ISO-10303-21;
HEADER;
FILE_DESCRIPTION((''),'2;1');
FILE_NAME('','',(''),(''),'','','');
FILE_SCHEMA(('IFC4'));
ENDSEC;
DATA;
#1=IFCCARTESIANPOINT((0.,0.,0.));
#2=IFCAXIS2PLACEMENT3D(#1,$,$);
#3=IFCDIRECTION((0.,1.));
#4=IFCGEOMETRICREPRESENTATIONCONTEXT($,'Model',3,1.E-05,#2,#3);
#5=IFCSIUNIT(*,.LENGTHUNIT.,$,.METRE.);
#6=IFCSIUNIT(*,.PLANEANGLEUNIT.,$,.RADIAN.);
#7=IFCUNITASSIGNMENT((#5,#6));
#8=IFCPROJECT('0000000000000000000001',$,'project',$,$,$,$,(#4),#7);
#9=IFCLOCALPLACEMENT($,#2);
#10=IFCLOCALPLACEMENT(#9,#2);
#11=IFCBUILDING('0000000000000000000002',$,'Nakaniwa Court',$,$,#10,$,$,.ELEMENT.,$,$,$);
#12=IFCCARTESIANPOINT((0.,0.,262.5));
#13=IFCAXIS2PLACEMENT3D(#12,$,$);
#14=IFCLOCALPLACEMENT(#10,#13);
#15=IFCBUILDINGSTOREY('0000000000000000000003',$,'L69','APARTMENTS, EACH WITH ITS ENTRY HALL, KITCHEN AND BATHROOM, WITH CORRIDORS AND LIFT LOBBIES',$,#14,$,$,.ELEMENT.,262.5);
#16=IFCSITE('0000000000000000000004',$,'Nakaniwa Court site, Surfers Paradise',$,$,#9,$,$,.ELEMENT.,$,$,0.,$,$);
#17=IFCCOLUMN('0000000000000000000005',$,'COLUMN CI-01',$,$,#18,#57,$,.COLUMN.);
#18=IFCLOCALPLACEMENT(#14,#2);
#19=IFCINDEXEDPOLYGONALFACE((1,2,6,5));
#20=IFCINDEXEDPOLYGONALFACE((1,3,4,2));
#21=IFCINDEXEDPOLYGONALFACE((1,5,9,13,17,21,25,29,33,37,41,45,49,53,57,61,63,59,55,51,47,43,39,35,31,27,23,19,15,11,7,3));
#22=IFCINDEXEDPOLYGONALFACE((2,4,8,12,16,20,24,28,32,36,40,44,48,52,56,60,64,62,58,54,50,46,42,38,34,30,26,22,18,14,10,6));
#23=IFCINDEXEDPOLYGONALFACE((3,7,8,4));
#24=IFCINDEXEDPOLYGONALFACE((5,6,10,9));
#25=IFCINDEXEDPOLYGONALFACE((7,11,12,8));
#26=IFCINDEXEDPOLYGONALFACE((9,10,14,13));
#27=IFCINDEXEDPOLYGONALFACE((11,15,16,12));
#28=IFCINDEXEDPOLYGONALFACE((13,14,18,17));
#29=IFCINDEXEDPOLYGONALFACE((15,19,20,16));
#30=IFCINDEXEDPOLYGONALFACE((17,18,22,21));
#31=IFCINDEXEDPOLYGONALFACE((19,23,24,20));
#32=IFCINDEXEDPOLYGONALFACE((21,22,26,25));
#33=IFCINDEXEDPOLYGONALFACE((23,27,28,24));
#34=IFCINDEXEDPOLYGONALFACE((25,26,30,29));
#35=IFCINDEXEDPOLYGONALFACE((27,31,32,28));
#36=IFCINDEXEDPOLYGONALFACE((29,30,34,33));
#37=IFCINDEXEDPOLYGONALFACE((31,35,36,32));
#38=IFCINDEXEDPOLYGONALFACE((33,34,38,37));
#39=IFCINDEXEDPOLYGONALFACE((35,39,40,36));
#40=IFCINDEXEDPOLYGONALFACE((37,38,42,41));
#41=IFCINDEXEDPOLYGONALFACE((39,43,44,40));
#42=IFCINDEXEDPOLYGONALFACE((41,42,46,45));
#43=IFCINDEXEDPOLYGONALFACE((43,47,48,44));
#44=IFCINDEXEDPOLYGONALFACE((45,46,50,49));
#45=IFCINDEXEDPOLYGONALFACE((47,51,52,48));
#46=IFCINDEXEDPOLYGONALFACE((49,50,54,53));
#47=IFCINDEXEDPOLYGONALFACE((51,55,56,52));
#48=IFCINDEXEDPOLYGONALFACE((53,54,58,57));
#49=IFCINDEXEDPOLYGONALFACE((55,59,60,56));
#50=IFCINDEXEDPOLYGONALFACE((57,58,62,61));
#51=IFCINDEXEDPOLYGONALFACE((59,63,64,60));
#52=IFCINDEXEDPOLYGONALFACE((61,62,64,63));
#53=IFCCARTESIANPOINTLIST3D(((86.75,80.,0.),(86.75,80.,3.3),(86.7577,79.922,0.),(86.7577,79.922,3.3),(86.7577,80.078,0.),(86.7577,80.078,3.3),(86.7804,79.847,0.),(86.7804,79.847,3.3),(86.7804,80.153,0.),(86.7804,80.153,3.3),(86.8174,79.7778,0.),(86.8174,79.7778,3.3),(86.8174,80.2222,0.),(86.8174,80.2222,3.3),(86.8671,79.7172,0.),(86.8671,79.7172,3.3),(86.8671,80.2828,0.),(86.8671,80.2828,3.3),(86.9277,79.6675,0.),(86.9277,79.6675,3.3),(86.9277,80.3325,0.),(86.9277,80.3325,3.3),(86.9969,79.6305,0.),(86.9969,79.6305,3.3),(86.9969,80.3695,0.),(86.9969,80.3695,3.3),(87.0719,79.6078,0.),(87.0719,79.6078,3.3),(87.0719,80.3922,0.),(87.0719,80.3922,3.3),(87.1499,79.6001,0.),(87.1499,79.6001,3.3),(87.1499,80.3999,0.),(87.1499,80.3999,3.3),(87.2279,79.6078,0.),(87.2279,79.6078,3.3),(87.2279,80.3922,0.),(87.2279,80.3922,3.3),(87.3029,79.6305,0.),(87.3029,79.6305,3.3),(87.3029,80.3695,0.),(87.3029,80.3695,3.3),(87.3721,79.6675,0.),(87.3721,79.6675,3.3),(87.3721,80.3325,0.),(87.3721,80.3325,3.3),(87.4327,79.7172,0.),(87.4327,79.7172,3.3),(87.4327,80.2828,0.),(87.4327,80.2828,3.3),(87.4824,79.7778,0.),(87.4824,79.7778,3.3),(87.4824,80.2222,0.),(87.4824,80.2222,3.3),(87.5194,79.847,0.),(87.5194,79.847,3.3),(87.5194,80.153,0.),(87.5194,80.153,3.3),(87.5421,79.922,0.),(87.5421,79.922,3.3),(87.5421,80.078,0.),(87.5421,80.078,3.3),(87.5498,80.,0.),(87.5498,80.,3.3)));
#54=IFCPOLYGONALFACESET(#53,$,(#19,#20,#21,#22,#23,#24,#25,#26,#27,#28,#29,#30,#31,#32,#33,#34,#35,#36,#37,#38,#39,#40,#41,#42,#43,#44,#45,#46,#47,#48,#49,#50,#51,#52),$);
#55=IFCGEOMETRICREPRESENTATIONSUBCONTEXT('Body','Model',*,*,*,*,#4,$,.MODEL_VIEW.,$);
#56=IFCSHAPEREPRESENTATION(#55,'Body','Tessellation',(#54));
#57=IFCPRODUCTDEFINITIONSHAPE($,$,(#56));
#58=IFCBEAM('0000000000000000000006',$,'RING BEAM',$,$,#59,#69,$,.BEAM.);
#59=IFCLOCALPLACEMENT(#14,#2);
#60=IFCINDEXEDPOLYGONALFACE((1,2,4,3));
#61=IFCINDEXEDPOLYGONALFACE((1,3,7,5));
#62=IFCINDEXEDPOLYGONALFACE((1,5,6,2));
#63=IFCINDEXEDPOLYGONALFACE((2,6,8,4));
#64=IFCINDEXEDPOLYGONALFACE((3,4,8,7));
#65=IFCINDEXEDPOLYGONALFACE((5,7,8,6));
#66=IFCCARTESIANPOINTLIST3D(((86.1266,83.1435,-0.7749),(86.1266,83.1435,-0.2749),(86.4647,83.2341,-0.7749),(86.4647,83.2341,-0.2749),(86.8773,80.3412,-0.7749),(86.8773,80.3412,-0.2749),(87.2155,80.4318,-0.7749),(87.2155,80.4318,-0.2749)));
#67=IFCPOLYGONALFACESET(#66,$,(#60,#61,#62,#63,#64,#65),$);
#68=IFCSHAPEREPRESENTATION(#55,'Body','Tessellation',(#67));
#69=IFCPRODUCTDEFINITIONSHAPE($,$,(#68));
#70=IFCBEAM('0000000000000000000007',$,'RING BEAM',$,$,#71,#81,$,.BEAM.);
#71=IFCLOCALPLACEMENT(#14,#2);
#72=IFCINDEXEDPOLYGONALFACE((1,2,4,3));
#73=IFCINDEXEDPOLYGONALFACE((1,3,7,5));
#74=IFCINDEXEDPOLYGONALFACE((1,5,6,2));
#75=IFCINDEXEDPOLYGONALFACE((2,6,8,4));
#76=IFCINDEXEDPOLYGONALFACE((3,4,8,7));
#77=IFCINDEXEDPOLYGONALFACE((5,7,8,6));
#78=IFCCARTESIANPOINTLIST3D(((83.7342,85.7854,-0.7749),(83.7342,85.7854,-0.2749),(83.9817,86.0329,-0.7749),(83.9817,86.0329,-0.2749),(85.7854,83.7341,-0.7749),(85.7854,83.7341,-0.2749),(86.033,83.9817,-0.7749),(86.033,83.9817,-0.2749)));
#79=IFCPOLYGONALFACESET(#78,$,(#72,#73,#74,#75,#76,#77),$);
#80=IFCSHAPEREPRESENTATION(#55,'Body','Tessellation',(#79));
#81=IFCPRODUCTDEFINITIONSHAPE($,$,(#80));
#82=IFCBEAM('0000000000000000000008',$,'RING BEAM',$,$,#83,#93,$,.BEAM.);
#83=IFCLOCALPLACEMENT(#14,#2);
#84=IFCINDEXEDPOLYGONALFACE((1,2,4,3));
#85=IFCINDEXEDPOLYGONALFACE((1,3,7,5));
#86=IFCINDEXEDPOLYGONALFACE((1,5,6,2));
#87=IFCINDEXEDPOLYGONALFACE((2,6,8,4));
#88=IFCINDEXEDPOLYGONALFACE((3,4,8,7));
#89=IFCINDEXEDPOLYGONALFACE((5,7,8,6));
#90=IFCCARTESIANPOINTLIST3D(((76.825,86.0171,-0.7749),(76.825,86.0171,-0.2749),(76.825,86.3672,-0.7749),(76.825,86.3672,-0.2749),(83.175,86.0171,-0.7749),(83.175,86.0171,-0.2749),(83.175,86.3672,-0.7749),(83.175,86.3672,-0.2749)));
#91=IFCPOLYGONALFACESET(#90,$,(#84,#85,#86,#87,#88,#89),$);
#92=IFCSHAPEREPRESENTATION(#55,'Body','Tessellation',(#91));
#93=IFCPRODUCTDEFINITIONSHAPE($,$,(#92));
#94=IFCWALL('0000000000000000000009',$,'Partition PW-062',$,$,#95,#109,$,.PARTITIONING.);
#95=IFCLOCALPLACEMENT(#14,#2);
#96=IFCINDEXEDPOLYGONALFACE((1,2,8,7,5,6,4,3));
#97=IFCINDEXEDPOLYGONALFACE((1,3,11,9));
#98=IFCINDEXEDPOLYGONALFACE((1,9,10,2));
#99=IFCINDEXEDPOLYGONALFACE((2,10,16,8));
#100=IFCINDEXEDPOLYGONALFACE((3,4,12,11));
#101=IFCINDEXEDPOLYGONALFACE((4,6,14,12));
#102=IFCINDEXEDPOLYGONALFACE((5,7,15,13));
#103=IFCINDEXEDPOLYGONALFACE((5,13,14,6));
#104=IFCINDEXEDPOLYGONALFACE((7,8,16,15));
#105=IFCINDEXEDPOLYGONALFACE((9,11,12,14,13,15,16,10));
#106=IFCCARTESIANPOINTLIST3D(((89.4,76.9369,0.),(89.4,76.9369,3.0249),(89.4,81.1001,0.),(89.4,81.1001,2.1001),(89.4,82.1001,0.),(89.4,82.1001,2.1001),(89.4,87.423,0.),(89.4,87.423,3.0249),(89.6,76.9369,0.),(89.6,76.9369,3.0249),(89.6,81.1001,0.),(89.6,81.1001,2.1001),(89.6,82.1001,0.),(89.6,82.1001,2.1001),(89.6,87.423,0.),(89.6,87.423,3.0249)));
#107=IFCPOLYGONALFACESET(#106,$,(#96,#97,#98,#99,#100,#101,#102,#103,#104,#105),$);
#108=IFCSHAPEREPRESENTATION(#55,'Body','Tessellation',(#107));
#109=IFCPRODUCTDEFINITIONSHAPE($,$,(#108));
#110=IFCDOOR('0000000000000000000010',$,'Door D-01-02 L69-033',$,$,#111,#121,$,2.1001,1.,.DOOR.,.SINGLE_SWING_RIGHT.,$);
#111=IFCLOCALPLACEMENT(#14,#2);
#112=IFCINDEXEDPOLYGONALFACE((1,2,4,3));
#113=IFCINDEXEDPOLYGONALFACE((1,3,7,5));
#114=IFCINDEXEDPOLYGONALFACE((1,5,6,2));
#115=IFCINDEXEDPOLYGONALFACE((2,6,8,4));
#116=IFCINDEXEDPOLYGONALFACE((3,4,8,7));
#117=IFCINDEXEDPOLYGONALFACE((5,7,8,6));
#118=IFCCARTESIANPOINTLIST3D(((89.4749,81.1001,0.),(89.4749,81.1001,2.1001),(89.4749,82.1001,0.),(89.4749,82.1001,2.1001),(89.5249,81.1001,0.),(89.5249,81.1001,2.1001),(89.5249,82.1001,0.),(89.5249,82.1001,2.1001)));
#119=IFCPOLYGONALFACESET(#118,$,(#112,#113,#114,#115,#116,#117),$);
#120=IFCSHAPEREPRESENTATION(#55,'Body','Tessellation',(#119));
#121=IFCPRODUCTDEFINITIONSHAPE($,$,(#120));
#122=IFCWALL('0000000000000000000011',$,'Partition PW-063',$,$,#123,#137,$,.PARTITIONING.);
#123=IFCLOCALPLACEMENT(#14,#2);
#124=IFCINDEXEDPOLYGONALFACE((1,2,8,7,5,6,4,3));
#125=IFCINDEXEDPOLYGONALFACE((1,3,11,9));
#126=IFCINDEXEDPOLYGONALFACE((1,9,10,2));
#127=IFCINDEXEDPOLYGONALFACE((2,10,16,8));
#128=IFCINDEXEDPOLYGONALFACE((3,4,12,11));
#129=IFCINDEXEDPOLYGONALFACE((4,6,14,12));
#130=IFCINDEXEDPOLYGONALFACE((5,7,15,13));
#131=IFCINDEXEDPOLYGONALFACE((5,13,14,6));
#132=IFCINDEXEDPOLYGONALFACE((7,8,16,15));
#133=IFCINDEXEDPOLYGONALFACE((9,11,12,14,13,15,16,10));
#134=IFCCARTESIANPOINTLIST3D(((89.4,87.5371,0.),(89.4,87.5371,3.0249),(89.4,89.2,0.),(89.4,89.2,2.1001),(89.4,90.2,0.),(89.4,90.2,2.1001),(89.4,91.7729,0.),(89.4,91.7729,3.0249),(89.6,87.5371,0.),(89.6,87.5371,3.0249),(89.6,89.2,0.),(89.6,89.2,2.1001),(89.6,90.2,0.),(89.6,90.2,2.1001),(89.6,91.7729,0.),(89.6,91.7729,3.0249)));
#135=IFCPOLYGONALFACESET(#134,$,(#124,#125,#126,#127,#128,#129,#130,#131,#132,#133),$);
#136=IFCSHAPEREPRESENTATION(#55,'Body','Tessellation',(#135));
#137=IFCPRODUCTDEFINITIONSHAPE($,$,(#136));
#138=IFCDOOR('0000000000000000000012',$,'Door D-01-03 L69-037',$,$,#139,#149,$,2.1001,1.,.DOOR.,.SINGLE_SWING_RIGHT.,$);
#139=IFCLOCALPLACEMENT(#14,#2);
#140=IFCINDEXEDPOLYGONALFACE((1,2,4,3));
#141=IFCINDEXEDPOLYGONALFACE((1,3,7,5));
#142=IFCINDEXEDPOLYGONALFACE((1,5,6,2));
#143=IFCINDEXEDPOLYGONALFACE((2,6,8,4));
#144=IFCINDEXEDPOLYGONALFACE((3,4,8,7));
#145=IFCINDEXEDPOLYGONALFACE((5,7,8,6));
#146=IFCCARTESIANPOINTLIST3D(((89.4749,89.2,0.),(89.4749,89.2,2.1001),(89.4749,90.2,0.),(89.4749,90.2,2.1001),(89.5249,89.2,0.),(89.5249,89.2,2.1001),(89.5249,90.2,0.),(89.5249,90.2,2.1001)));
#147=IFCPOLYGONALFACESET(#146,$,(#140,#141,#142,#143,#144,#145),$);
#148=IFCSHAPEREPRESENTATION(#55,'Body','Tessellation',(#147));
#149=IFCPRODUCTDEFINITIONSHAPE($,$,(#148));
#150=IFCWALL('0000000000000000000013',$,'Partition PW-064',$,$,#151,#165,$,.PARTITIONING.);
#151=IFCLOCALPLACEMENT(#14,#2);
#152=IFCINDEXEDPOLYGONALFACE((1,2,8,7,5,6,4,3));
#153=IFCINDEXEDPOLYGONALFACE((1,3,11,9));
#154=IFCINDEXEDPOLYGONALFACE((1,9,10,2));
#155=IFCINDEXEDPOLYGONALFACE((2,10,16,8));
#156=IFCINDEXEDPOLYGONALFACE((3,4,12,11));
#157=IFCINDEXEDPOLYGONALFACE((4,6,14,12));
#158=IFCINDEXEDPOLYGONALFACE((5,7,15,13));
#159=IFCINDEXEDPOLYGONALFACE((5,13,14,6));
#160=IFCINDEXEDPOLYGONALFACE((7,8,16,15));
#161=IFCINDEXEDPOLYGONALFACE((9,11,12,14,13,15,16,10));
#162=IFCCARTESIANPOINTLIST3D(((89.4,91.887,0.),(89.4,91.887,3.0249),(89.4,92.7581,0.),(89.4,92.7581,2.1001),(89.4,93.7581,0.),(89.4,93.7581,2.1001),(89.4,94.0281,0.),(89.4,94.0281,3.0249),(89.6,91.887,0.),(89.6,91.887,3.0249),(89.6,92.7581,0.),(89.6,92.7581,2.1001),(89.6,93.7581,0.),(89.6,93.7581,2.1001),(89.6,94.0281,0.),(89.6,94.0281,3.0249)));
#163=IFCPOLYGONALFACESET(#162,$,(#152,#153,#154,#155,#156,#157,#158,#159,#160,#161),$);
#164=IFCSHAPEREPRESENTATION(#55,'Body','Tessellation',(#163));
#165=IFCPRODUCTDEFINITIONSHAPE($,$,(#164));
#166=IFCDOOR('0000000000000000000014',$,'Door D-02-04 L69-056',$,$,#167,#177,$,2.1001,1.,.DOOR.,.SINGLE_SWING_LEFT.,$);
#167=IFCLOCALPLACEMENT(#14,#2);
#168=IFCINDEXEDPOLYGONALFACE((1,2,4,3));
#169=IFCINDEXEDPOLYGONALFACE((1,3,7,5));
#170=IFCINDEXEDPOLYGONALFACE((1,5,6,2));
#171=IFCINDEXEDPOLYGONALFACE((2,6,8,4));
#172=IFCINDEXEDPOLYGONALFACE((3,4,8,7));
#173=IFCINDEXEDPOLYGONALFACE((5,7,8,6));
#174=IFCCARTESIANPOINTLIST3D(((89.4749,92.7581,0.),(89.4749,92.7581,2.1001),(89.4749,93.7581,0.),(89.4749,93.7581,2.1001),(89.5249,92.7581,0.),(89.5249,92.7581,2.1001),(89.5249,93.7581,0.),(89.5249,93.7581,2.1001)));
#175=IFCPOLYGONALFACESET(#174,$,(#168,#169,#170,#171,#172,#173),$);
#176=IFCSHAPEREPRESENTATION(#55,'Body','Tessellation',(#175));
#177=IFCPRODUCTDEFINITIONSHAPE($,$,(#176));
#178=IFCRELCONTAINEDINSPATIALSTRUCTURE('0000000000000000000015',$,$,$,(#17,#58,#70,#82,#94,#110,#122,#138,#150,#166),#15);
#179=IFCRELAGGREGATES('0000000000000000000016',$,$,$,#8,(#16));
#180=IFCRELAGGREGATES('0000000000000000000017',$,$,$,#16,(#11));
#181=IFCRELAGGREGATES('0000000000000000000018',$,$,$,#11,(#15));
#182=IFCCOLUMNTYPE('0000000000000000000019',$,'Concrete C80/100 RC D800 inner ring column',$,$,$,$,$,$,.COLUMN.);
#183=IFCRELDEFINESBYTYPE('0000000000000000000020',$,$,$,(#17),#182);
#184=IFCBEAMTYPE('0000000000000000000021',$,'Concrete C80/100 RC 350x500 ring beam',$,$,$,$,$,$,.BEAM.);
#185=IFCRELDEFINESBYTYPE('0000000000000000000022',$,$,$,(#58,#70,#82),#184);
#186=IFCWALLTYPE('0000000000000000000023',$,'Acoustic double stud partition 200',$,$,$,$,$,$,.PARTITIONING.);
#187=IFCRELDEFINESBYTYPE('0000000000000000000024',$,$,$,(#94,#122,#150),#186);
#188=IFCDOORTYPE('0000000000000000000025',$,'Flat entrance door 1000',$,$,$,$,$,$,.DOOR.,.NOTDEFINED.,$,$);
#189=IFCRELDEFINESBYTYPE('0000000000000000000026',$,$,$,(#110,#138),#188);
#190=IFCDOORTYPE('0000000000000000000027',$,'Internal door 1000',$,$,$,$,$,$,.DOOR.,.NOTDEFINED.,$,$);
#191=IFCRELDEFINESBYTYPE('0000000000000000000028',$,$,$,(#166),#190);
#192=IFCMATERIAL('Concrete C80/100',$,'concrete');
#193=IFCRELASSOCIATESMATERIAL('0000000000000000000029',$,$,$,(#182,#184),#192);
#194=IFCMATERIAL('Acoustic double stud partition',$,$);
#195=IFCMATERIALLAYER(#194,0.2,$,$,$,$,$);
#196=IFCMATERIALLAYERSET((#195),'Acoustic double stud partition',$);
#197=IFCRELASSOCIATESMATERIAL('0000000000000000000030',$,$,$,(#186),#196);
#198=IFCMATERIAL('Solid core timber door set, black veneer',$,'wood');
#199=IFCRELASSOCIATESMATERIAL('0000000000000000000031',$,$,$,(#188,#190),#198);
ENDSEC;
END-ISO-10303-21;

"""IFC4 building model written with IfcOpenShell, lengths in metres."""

from ifc_helpers import new_model, si_unit, direction, frame, frame_2d, origin, origin_2d, place, context, subcontext, project, spatial, rectangle, circle, extrude, material, layer, layer_set, material_profile, profile_set, type_object, element, fill, save


model = new_model("IFC4")

# Units and contexts
model_context = context("Model", 3, precision=1e-05, world=origin(), true_north=direction((0.0, 1.0)))
body_context = subcontext(model_context, "Body", "Model", "MODEL_VIEW")
ifc_project = project(units=[si_unit("LENGTHUNIT", "METRE"), si_unit("PLANEANGLEUNIT", "RADIAN")], contexts=[model_context])

# Site, building, storey
site_placement = place(None, origin())
site = spatial("IfcSite", under=ifc_project, at=site_placement, Name="Nakaniwa Court site, Surfers Paradise", CompositionType="ELEMENT", RefElevation=0.0)
building_placement = place(site_placement, origin())
building = spatial("IfcBuilding", under=site, at=building_placement, Name="Nakaniwa Court", CompositionType="ELEMENT")
storey_placement = place(building_placement, frame((0.0, 0.0, 262.5)))
storey = spatial("IfcBuildingStorey", under=building, at=storey_placement, Name="L69", Description="APARTMENTS, EACH WITH ITS ENTRY HALL, KITCHEN AND BATHROOM, WITH CORRIDORS AND LIFT LOBBIES", CompositionType="ELEMENT", Elevation=262.5)

# Column
ifc_material_1 = material(Name="Concrete C80/100", Category="concrete")
ifc_material_profile_1 = material_profile(ifc_material_1, circle(Radius=0.3999, at=origin_2d()), Name="Concrete C80/100 RC D800 inner ring column")
ifc_profile_set_1 = profile_set([ifc_material_profile_1], Name="Concrete C80/100")
column_type = type_object("IfcColumnType", Name="Concrete C80/100 RC D800 inner ring column", PredefinedType="COLUMN", material=ifc_profile_set_1)
for number, where, z_axis, x_axis, name in (
    (1, (87.1499, 80.0, 0.0), (0.0, 0.0, 1.0), (0.0, 1.0, 0.0), "COLUMN CI-01"),
):
    element("IfcColumn", number, at=place(storey_placement, frame(where, z_axis=z_axis, x_axis=x_axis)), inside=storey, type_object=column_type, Name=name, PredefinedType="COLUMN", context=body_context, shape_type="SweptSolid", body=[
        extrude(circle(Radius=0.3999, at=origin_2d()), origin(), (0.0, 0.0, 1.0), 3.3),
    ])

# Beams
ifc_material_profile_2 = material_profile(ifc_material_1, rectangle(XDim=0.3501, YDim=0.5, at=origin_2d()), Name="Concrete C80/100 RC 350x500 ring beam")
ifc_profile_set_2 = profile_set([ifc_material_profile_2], Name="Concrete C80/100")
beam_type = type_object("IfcBeamType", Name="Concrete C80/100 RC 350x500 ring beam", PredefinedType="BEAM", material=ifc_profile_set_2)
beam_1_placement = place(storey_placement, frame((87.0464, 80.3865, -0.5249), z_axis=(-0.258778, 0.965937, 0.0), x_axis=(-0.965937, -0.258778, 0.0)))
element("IfcBeam", 2, at=beam_1_placement, inside=storey, type_object=beam_type, Name="RING BEAM", PredefinedType="BEAM", context=body_context, shape_type="SweptSolid", body=[
    extrude(rectangle(XDim=0.3501, YDim=0.5, at=origin_2d()), origin(), (0.0, 0.0, 1.0), 2.9011),
])
beam_2_placement = place(storey_placement, frame((85.9092, 83.8579, -0.5249), z_axis=(-0.707107, 0.707107, 0.0), x_axis=(-0.707107, -0.707107, 0.0)))
element("IfcBeam", 3, at=beam_2_placement, inside=storey, type_object=beam_type, Name="RING BEAM", PredefinedType="BEAM", context=body_context, shape_type="SweptSolid", body=[
    extrude(rectangle(XDim=0.3501, YDim=0.5, at=origin_2d()), origin(), (0.0, 0.0, 1.0), 2.9009),
])
beam_3_placement = place(storey_placement, frame((83.175, 86.1921, -0.5249), z_axis=(-1.0, 0.0, 0.0), x_axis=(0.0, -1.0, 0.0)))
element("IfcBeam", 4, at=beam_3_placement, inside=storey, type_object=beam_type, Name="RING BEAM", PredefinedType="BEAM", context=body_context, shape_type="SweptSolid", body=[
    extrude(rectangle(XDim=0.3501, YDim=0.5, at=origin_2d()), origin(), (0.0, 0.0, 1.0), 6.3501),
])

# Walls, openings, doors
ifc_material_2 = material(Name="Acoustic double stud partition")
ifc_layer_1 = layer(ifc_material_2, 0.2)
ifc_layer_set_1 = layer_set([ifc_layer_1], Name="Acoustic double stud partition")
wall_type_1 = type_object("IfcWallType", Name="Acoustic double stud partition 200", PredefinedType="PARTITIONING", material=ifc_layer_set_1)
wall_1_placement = place(storey_placement, frame((89.5, 87.4231, 0.0), z_axis=(0.0, 0.0, 1.0), x_axis=(0.0, -1.0, 0.0)))
wall_1 = element("IfcWall", 5, at=wall_1_placement, inside=storey, type_object=wall_type_1, Name="Partition PW-062", PredefinedType="PARTITIONING", context=body_context, shape_type="SweptSolid", body=[
    extrude(rectangle(XDim=10.4861, YDim=0.2, at=frame_2d((5.2432, 0.0))), origin(), (0.0, 0.0, 1.0), 3.0249),
])
opening_1_placement = place(wall_1_placement, frame((5.323, 0.0, 0.0)))
opening_1 = element("IfcOpeningElement", 6, at=opening_1_placement, cuts=wall_1, PredefinedType="OPENING", context=body_context, shape_type="SweptSolid", body=[
    extrude(rectangle(XDim=1.0, YDim=2.1001, at=frame_2d((0.5, 1.05))), frame((0.0, 0.1099, 0.0), z_axis=(0.0, -1.0, 0.0), x_axis=(1.0, 0.0, 0.0)), (0.0, 0.0, 1.0), 0.22),
])
ifc_material_3 = material(Name="Solid core timber door set, black veneer", Category="wood")
door_type_1 = type_object("IfcDoorType", Name="Flat entrance door 1000", OperationType="NOTDEFINED", PredefinedType="DOOR", material=ifc_material_3)
door_1_placement = place(opening_1_placement, origin())
door_1 = element("IfcDoor", 7, at=door_1_placement, inside=storey, type_object=door_type_1, Name="Door D-01-02 L69-033", OperationType="SINGLE_SWING_RIGHT", OverallHeight=2.1001, OverallWidth=1.0, PredefinedType="DOOR", context=body_context, shape_type="SweptSolid", body=[
    extrude(rectangle(XDim=1.0, YDim=2.1001, at=frame_2d((0.5, 1.05))), frame((0.0, 0.0249, 0.0), z_axis=(0.0, -1.0, 0.0), x_axis=(1.0, 0.0, 0.0)), (0.0, 0.0, 1.0), 0.05),
])
fill(opening_1, door_1)
wall_2_placement = place(storey_placement, frame((89.5, 91.7729, 0.0), z_axis=(0.0, 0.0, 1.0), x_axis=(0.0, -1.0, 0.0)))
wall_2 = element("IfcWall", 8, at=wall_2_placement, inside=storey, type_object=wall_type_1, Name="Partition PW-063", PredefinedType="PARTITIONING", context=body_context, shape_type="SweptSolid", body=[
    extrude(rectangle(XDim=4.2358, YDim=0.2, at=frame_2d((2.1179, 0.0))), origin(), (0.0, 0.0, 1.0), 3.0249),
])
opening_2_placement = place(wall_2_placement, frame((1.573, 0.0, 0.0)))
opening_2 = element("IfcOpeningElement", 9, at=opening_2_placement, cuts=wall_2, PredefinedType="OPENING", context=body_context, shape_type="SweptSolid", body=[
    extrude(rectangle(XDim=1.0, YDim=2.1001, at=frame_2d((0.5, 1.05))), frame((0.0, 0.1099, 0.0), z_axis=(0.0, -1.0, 0.0), x_axis=(1.0, 0.0, 0.0)), (0.0, 0.0, 1.0), 0.22),
])
door_2_placement = place(opening_2_placement, origin())
door_2 = element("IfcDoor", 10, at=door_2_placement, inside=storey, type_object=door_type_1, Name="Door D-01-03 L69-037", OperationType="SINGLE_SWING_RIGHT", OverallHeight=2.1001, OverallWidth=1.0, PredefinedType="DOOR", context=body_context, shape_type="SweptSolid", body=[
    extrude(rectangle(XDim=1.0, YDim=2.1001, at=frame_2d((0.5, 1.05))), frame((0.0, 0.0249, 0.0), z_axis=(0.0, -1.0, 0.0), x_axis=(1.0, 0.0, 0.0)), (0.0, 0.0, 1.0), 0.05),
])
fill(opening_2, door_2)
wall_3_placement = place(storey_placement, frame((89.5, 94.0281, 0.0), z_axis=(0.0, 0.0, 1.0), x_axis=(0.0, -1.0, 0.0)))
wall_3 = element("IfcWall", 11, at=wall_3_placement, inside=storey, type_object=wall_type_1, Name="Partition PW-064", PredefinedType="PARTITIONING", context=body_context, shape_type="SweptSolid", body=[
    extrude(rectangle(XDim=2.1411, YDim=0.2, at=frame_2d((1.0706, 0.0))), origin(), (0.0, 0.0, 1.0), 3.0249),
])
opening_3_placement = place(wall_3_placement, frame((0.27, 0.0, 0.0)))
opening_3 = element("IfcOpeningElement", 12, at=opening_3_placement, cuts=wall_3, PredefinedType="OPENING", context=body_context, shape_type="SweptSolid", body=[
    extrude(rectangle(XDim=1.0, YDim=2.1001, at=frame_2d((0.5, 1.05))), frame((0.0, 0.1099, 0.0), z_axis=(0.0, -1.0, 0.0), x_axis=(1.0, 0.0, 0.0)), (0.0, 0.0, 1.0), 0.22),
])
door_type_2 = type_object("IfcDoorType", Name="Internal door 1000", OperationType="NOTDEFINED", PredefinedType="DOOR", material=ifc_material_3)
door_3_placement = place(opening_3_placement, origin())
door_3 = element("IfcDoor", 13, at=door_3_placement, inside=storey, type_object=door_type_2, Name="Door D-02-04 L69-056", OperationType="SINGLE_SWING_LEFT", OverallHeight=2.1001, OverallWidth=1.0, PredefinedType="DOOR", context=body_context, shape_type="SweptSolid", body=[
    extrude(rectangle(XDim=1.0, YDim=2.1001, at=frame_2d((0.5, 1.05))), frame((0.0, 0.0249, 0.0), z_axis=(0.0, -1.0, 0.0), x_axis=(1.0, 0.0, 0.0)), (0.0, 0.0, 1.0), 0.05),
])
fill(opening_3, door_3)

save(model, "model.ifc")
